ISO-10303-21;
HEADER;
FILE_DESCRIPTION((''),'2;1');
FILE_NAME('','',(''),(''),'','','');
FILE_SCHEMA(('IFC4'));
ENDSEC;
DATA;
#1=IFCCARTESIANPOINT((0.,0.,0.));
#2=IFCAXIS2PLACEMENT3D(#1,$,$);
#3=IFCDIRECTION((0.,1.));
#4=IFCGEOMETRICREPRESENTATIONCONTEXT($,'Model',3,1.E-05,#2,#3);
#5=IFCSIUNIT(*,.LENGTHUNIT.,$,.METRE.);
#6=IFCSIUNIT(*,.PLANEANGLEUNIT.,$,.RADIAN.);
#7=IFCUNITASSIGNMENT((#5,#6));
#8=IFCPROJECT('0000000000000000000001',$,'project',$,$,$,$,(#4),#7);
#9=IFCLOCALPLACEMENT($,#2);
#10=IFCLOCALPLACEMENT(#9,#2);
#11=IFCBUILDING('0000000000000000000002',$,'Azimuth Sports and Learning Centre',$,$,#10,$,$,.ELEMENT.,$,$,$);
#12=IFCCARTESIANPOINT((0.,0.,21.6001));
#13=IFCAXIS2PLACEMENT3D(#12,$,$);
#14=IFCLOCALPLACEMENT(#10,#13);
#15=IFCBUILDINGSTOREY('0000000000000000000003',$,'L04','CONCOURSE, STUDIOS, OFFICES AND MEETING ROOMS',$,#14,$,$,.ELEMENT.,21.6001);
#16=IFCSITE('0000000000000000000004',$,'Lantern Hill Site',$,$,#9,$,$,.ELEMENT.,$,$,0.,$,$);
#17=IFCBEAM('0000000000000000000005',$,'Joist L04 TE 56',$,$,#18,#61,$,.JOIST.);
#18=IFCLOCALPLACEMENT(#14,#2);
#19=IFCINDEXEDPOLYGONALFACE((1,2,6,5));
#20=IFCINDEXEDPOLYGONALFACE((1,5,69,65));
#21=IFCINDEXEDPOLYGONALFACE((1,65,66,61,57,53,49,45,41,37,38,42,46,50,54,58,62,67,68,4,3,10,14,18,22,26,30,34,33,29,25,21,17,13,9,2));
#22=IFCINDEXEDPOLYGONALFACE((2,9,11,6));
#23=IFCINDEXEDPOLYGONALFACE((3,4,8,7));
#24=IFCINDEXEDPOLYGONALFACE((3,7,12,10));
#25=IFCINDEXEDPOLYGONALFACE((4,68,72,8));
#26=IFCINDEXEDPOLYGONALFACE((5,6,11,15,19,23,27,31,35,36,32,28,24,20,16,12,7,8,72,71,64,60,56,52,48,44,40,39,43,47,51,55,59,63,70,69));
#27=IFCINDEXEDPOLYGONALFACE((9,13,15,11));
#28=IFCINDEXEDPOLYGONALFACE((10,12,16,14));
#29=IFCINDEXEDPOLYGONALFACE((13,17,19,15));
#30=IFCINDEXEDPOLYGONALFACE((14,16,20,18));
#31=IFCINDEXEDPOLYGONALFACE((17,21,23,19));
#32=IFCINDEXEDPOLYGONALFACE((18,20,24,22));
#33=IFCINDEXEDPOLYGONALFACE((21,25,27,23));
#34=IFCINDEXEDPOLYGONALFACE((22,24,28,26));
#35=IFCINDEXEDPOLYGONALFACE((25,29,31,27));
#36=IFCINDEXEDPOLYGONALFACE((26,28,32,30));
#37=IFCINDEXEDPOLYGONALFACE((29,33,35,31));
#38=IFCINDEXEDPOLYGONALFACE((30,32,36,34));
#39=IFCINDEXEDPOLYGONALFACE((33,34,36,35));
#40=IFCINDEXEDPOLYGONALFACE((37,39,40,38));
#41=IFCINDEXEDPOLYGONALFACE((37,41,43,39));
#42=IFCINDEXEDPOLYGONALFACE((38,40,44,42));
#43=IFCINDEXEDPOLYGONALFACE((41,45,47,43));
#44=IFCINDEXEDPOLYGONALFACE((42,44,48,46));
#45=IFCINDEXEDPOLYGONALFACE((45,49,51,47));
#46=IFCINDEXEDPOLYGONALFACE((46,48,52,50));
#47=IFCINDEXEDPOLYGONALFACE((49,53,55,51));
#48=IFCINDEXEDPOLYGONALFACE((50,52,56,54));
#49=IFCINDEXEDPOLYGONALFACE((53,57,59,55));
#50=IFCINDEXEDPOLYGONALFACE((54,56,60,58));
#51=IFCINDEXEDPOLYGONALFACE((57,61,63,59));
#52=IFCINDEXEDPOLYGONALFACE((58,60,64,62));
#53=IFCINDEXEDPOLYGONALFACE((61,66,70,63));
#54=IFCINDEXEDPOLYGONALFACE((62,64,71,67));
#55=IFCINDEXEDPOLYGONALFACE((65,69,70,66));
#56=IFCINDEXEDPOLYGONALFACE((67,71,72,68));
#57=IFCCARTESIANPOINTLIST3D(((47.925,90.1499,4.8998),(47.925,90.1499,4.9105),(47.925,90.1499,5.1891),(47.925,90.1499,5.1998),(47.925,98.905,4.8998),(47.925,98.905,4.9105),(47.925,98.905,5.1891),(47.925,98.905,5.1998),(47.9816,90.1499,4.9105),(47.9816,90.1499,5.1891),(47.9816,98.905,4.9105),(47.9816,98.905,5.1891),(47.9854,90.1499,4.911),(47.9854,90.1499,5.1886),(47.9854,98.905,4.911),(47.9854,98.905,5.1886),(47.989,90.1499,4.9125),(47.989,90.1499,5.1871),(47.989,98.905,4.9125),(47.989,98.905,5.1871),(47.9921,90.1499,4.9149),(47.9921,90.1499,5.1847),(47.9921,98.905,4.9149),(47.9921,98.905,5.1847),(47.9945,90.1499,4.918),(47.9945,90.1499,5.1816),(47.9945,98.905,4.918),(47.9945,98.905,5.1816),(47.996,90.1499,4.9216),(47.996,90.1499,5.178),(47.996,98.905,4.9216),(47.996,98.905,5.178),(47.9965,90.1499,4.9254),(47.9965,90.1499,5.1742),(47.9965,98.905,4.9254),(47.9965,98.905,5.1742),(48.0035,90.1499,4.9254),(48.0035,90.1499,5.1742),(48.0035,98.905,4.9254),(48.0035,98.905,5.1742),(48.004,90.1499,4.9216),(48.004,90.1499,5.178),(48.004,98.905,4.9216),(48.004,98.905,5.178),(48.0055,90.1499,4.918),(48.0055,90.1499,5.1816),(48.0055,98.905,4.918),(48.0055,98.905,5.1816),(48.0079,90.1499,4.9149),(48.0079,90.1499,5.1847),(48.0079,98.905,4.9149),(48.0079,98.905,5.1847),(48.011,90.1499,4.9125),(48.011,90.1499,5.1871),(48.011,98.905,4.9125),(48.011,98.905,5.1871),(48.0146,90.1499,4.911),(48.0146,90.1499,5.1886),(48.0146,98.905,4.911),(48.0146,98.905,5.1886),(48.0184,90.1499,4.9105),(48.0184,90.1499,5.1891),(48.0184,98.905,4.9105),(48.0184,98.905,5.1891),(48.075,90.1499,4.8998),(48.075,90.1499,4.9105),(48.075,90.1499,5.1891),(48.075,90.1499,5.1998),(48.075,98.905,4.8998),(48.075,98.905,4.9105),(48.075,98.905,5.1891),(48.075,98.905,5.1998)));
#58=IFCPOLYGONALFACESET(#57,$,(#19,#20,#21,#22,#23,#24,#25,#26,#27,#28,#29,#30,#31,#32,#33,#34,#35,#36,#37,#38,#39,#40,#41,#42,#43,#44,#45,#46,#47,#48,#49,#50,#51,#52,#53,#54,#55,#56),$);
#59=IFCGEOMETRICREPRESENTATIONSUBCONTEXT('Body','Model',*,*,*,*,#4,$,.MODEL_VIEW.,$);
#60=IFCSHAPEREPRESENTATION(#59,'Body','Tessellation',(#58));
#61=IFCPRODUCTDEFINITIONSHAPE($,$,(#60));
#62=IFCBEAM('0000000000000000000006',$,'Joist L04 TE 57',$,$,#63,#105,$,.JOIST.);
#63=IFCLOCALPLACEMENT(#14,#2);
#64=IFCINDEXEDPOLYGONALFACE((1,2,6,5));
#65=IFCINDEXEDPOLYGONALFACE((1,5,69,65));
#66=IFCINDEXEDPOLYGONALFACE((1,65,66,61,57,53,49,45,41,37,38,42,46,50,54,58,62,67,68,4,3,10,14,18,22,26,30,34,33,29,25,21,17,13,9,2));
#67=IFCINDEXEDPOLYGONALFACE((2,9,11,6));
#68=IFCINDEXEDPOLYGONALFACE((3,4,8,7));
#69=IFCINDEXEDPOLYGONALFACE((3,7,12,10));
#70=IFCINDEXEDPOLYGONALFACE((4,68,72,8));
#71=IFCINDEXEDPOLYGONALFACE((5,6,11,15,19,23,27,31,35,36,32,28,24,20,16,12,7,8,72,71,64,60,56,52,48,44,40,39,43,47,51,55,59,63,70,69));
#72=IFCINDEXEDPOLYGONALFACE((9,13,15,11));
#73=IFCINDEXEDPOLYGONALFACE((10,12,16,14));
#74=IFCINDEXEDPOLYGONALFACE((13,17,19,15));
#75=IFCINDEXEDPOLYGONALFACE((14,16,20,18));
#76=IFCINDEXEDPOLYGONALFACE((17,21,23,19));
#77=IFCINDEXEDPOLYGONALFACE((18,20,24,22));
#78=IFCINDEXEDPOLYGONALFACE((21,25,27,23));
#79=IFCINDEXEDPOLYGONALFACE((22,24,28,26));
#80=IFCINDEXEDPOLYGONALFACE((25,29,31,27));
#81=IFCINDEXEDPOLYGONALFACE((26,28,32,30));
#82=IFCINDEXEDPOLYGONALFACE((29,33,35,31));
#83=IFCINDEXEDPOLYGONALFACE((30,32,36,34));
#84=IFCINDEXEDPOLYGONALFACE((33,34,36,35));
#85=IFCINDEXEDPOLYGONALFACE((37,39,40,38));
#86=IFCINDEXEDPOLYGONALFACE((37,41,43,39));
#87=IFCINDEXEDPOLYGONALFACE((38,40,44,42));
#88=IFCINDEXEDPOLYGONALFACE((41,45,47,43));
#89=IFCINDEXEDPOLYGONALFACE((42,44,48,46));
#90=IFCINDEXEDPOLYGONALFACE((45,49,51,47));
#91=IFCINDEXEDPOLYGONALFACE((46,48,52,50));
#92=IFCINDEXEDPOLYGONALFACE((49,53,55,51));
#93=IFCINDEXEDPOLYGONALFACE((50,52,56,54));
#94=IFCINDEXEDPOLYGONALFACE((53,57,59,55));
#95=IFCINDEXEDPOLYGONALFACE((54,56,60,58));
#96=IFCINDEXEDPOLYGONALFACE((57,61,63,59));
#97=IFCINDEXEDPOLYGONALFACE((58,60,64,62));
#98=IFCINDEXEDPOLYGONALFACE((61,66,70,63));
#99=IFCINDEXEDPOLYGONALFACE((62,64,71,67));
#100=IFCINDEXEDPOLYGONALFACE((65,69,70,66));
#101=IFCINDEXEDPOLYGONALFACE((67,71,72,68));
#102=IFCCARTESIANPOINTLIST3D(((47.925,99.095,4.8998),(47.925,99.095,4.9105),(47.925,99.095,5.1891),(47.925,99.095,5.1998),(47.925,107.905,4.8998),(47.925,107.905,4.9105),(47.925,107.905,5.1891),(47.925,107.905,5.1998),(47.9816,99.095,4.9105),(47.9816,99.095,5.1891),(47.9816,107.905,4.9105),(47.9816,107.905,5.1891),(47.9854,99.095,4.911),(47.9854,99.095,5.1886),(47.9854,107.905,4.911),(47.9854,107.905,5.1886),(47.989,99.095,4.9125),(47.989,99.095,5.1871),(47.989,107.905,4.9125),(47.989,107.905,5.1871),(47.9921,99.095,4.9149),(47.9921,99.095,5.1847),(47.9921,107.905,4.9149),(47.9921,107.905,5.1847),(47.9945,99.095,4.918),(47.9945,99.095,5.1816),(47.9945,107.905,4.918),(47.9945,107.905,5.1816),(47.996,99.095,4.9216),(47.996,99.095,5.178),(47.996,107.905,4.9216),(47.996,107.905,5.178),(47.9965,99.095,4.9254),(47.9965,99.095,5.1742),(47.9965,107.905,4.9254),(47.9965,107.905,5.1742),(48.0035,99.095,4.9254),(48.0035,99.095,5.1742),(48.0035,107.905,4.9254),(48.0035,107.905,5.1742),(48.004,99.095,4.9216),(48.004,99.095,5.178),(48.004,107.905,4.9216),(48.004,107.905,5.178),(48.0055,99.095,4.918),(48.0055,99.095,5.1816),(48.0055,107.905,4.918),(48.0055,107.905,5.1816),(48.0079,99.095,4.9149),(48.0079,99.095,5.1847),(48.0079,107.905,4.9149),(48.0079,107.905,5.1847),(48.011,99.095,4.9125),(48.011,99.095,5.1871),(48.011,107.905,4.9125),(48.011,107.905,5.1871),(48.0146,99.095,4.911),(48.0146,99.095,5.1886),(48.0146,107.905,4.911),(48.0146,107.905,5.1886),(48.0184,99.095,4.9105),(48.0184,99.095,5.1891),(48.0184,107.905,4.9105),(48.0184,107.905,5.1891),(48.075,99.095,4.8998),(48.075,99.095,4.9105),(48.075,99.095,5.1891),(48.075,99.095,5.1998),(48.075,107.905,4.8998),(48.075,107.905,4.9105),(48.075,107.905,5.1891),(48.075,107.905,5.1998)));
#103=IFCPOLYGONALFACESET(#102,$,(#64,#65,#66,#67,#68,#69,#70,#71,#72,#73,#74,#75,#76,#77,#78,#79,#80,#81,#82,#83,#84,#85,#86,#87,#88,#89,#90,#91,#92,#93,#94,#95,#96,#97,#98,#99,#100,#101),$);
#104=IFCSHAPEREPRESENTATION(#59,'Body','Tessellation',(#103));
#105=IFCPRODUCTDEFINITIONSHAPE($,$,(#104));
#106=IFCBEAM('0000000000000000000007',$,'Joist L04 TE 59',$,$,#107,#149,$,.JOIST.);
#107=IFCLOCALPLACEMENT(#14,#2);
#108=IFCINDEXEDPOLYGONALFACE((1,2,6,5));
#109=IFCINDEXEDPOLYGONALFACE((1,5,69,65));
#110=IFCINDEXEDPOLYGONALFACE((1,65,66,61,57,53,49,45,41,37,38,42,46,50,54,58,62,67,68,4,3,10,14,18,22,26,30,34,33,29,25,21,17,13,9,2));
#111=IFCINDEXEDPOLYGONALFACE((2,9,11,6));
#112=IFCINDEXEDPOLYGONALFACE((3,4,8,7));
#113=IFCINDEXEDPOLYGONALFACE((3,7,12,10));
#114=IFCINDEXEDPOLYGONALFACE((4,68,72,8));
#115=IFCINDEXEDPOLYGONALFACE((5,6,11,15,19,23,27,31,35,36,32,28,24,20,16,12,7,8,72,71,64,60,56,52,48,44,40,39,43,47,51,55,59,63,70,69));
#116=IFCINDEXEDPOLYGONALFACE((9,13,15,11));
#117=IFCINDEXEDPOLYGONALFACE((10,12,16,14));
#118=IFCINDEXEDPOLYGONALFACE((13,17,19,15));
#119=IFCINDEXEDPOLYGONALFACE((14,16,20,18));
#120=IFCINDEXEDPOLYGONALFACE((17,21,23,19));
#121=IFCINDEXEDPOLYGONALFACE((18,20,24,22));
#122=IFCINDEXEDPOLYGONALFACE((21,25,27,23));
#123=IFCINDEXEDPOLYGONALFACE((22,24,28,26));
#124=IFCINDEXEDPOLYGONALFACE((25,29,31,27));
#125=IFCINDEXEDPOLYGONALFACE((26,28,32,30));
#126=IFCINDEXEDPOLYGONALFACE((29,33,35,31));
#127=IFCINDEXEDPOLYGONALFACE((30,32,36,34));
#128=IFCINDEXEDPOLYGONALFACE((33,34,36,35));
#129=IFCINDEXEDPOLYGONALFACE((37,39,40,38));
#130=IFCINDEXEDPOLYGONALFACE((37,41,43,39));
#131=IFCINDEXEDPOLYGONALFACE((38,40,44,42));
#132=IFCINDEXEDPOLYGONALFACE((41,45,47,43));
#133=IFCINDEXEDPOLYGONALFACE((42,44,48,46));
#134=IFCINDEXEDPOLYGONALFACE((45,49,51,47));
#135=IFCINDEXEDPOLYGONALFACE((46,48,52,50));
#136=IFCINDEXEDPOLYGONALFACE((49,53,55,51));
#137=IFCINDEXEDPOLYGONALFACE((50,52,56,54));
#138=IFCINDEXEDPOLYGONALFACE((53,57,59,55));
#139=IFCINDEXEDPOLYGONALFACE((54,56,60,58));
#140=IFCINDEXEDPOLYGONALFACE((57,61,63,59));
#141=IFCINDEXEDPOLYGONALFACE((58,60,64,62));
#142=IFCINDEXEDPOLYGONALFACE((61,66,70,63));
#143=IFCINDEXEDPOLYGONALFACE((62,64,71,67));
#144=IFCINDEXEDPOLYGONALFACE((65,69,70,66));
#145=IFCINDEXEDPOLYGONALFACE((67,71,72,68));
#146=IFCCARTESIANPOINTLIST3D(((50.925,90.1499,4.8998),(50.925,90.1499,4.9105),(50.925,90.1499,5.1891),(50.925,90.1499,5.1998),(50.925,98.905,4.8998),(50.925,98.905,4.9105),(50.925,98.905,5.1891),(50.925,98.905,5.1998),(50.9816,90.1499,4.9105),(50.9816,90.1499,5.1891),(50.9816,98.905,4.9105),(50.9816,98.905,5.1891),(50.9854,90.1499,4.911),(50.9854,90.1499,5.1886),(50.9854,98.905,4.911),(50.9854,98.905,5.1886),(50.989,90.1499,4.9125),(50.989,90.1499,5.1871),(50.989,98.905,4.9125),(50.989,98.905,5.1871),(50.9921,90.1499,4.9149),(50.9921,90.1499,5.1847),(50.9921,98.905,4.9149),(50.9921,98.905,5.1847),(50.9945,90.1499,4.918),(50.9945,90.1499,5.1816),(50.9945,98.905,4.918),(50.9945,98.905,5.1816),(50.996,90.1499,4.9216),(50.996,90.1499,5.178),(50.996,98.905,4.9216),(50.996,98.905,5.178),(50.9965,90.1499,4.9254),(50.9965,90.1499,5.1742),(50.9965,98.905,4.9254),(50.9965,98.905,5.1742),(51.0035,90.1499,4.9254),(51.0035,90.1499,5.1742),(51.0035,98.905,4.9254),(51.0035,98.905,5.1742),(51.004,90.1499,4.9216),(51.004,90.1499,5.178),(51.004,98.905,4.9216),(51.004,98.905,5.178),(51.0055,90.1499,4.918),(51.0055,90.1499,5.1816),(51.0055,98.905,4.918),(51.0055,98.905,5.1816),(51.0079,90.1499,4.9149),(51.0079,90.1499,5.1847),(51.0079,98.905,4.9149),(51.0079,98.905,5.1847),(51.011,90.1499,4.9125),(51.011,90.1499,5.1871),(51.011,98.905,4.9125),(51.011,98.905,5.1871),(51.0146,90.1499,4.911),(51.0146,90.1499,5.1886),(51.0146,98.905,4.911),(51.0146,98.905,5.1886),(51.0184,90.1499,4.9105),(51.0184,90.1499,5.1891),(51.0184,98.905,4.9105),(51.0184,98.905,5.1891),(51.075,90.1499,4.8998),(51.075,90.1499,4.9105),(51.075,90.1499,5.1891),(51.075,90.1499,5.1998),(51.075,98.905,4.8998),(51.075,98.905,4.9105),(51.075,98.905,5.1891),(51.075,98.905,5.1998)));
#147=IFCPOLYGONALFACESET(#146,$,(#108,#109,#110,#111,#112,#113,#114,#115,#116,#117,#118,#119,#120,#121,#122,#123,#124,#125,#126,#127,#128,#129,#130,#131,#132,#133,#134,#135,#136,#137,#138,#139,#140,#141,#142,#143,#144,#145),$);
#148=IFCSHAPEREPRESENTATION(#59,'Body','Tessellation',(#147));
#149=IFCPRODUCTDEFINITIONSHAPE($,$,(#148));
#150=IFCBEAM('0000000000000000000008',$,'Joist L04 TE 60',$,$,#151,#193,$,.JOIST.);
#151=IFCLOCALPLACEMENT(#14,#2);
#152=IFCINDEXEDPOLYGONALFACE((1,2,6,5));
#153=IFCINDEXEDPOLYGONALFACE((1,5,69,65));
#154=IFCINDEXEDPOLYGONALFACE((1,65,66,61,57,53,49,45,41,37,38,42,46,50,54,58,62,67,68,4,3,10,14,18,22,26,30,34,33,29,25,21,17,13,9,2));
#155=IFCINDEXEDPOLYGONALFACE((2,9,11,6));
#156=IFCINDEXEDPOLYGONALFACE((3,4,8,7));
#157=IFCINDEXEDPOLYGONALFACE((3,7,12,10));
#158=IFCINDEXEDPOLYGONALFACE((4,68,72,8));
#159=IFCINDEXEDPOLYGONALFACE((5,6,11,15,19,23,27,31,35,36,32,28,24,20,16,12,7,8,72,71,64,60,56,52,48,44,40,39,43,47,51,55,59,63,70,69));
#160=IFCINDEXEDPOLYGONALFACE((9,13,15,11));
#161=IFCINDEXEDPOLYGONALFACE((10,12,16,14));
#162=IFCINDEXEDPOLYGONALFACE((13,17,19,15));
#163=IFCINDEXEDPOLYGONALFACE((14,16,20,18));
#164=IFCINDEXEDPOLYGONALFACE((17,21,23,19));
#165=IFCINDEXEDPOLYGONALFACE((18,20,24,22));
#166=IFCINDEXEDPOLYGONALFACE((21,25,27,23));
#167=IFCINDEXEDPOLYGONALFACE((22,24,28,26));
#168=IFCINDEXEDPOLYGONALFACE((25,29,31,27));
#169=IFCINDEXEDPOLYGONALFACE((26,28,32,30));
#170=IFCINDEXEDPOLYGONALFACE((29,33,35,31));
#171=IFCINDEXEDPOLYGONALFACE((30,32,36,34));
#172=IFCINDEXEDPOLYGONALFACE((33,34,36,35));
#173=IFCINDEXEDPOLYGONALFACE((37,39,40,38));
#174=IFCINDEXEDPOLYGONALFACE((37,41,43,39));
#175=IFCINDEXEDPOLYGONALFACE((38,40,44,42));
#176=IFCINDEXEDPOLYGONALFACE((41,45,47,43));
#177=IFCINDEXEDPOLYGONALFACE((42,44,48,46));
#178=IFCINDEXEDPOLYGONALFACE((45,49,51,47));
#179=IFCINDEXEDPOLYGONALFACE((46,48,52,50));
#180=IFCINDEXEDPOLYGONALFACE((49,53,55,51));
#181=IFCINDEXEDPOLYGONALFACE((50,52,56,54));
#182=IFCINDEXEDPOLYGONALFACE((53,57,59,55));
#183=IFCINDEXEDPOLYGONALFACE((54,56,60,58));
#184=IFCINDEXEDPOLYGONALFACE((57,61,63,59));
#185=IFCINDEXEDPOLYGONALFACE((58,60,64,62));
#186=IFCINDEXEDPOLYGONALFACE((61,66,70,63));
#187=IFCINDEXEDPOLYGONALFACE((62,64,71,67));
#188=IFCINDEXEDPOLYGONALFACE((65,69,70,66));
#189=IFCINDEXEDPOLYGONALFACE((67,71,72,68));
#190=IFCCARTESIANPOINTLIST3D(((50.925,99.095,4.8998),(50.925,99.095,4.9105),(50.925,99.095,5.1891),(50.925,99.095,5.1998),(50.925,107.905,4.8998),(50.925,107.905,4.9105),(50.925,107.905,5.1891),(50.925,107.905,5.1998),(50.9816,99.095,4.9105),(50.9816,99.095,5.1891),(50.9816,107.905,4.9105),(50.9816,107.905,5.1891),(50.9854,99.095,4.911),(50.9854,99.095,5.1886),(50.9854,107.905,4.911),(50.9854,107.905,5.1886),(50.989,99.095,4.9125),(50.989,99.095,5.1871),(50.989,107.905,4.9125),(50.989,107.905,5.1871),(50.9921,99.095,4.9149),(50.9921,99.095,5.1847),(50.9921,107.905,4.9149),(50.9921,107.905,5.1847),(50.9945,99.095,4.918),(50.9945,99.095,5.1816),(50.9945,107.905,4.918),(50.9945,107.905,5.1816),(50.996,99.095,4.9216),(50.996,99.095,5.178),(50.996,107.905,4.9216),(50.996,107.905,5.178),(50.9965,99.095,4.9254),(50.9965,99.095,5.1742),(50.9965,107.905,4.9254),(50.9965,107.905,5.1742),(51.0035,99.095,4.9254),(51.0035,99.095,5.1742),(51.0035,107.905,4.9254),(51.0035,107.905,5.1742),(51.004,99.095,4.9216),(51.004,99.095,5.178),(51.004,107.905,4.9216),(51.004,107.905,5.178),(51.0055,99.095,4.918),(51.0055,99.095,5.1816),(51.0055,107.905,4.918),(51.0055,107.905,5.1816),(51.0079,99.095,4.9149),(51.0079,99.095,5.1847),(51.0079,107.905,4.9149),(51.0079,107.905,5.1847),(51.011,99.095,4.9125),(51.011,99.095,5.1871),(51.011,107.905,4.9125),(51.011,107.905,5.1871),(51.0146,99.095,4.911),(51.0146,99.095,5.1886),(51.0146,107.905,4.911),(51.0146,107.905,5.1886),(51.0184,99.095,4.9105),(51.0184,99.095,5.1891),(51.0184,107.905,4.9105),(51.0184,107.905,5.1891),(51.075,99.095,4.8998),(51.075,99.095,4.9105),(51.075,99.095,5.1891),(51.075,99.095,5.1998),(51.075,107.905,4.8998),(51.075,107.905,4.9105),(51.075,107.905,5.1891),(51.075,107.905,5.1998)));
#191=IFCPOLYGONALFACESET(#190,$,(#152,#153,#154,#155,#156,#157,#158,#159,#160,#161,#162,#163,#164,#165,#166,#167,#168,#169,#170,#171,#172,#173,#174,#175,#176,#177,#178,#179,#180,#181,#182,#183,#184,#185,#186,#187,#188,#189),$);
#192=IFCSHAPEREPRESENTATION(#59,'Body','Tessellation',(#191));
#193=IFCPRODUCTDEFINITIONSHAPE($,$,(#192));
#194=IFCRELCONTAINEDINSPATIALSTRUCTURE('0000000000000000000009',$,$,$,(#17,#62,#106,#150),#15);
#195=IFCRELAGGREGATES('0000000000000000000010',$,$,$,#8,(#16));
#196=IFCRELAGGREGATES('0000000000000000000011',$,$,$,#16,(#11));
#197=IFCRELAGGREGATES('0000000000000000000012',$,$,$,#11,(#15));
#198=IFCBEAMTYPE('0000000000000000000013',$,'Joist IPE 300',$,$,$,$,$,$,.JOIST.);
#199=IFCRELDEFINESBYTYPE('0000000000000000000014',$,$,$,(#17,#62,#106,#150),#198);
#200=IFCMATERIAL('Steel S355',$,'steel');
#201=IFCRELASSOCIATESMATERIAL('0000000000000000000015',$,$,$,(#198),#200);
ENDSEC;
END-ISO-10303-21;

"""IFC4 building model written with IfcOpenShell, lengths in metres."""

from ifc_helpers import new_model, si_unit, direction, frame, origin, origin_2d, place, context, subcontext, project, spatial, i_section, extrude, material, material_profile, profile_set, type_object, element, save


model = new_model("IFC4")

# Units and contexts
model_context = context("Model", 3, precision=1e-05, world=origin(), true_north=direction((0.0, 1.0)))
body_context = subcontext(model_context, "Body", "Model", "MODEL_VIEW")
ifc_project = project(units=[si_unit("LENGTHUNIT", "METRE"), si_unit("PLANEANGLEUNIT", "RADIAN")], contexts=[model_context])

# Site, building, storey
site_placement = place(None, origin())
site = spatial("IfcSite", under=ifc_project, at=site_placement, Name="Lantern Hill Site", CompositionType="ELEMENT", RefElevation=0.0)
building_placement = place(site_placement, origin())
building = spatial("IfcBuilding", under=site, at=building_placement, Name="Azimuth Sports and Learning Centre", CompositionType="ELEMENT")
storey_placement = place(building_placement, frame((0.0, 0.0, 21.6001)))
storey = spatial("IfcBuildingStorey", under=building, at=storey_placement, Name="L04", Description="CONCOURSE, STUDIOS, OFFICES AND MEETING ROOMS", CompositionType="ELEMENT", Elevation=21.6001)

# Beams
ifc_material_1 = material(Name="Steel S355", Category="steel")
ifc_material_profile_1 = material_profile(ifc_material_1, i_section(OverallWidth=0.1499, OverallDepth=0.3, WebThickness=0.0071, FlangeThickness=0.0107, FilletRadius=0.0149, at=origin_2d()), Name="IPE 300")
ifc_profile_set_1 = profile_set([ifc_material_profile_1], Name="Steel S355")
beam_type_1 = type_object("IfcBeamType", Name="Joist IPE 300", PredefinedType="JOIST", material=ifc_profile_set_1)
for number, where, z_axis, x_axis, name in (
    (1, (48.0, 90.1499, 5.0498), (0.0, 1.0, 0.0), (-1.0, 0.0, 0.0), "Joist L04 TE 56"),
):
    element("IfcBeam", number, at=place(storey_placement, frame(where, z_axis=z_axis, x_axis=x_axis)), inside=storey, type_object=beam_type_1, Name=name, PredefinedType="JOIST", context=body_context, shape_type="SweptSolid", body=[
        extrude(i_section(OverallWidth=0.1499, OverallDepth=0.3, WebThickness=0.0071, FlangeThickness=0.0107, FilletRadius=0.0149, at=origin_2d()), origin(), (0.0, 0.0, 1.0), 8.7551),
    ])
beam_1_placement = place(storey_placement, frame((48.0, 99.095, 5.0498), z_axis=(0.0, 1.0, 0.0), x_axis=(-1.0, 0.0, 0.0)))
element("IfcBeam", 2, at=beam_1_placement, inside=storey, type_object=beam_type_1, Name="Joist L04 TE 57", PredefinedType="JOIST", context=body_context, shape_type="SweptSolid", body=[
    extrude(i_section(OverallWidth=0.1499, OverallDepth=0.3, WebThickness=0.0071, FlangeThickness=0.0107, FilletRadius=0.0149, at=origin_2d()), origin(), (0.0, 0.0, 1.0), 8.8101),
])
beam_2_placement = place(storey_placement, frame((51.0, 90.1499, 5.0498), z_axis=(0.0, 1.0, 0.0), x_axis=(-1.0, 0.0, 0.0)))
element("IfcBeam", 3, at=beam_2_placement, inside=storey, type_object=beam_type_1, Name="Joist L04 TE 59", PredefinedType="JOIST", context=body_context, shape_type="SweptSolid", body=[
    extrude(i_section(OverallWidth=0.1499, OverallDepth=0.3, WebThickness=0.0071, FlangeThickness=0.0107, FilletRadius=0.0149, at=origin_2d()), origin(), (0.0, 0.0, 1.0), 8.7551),
])
beam_3_placement = place(storey_placement, frame((51.0, 99.095, 5.0498), z_axis=(0.0, 1.0, 0.0), x_axis=(-1.0, 0.0, 0.0)))
element("IfcBeam", 4, at=beam_3_placement, inside=storey, type_object=beam_type_1, Name="Joist L04 TE 60", PredefinedType="JOIST", context=body_context, shape_type="SweptSolid", body=[
    extrude(i_section(OverallWidth=0.1499, OverallDepth=0.3, WebThickness=0.0071, FlangeThickness=0.0107, FilletRadius=0.0149, at=origin_2d()), origin(), (0.0, 0.0, 1.0), 8.8101),
])

save(model, "model.ifc")
